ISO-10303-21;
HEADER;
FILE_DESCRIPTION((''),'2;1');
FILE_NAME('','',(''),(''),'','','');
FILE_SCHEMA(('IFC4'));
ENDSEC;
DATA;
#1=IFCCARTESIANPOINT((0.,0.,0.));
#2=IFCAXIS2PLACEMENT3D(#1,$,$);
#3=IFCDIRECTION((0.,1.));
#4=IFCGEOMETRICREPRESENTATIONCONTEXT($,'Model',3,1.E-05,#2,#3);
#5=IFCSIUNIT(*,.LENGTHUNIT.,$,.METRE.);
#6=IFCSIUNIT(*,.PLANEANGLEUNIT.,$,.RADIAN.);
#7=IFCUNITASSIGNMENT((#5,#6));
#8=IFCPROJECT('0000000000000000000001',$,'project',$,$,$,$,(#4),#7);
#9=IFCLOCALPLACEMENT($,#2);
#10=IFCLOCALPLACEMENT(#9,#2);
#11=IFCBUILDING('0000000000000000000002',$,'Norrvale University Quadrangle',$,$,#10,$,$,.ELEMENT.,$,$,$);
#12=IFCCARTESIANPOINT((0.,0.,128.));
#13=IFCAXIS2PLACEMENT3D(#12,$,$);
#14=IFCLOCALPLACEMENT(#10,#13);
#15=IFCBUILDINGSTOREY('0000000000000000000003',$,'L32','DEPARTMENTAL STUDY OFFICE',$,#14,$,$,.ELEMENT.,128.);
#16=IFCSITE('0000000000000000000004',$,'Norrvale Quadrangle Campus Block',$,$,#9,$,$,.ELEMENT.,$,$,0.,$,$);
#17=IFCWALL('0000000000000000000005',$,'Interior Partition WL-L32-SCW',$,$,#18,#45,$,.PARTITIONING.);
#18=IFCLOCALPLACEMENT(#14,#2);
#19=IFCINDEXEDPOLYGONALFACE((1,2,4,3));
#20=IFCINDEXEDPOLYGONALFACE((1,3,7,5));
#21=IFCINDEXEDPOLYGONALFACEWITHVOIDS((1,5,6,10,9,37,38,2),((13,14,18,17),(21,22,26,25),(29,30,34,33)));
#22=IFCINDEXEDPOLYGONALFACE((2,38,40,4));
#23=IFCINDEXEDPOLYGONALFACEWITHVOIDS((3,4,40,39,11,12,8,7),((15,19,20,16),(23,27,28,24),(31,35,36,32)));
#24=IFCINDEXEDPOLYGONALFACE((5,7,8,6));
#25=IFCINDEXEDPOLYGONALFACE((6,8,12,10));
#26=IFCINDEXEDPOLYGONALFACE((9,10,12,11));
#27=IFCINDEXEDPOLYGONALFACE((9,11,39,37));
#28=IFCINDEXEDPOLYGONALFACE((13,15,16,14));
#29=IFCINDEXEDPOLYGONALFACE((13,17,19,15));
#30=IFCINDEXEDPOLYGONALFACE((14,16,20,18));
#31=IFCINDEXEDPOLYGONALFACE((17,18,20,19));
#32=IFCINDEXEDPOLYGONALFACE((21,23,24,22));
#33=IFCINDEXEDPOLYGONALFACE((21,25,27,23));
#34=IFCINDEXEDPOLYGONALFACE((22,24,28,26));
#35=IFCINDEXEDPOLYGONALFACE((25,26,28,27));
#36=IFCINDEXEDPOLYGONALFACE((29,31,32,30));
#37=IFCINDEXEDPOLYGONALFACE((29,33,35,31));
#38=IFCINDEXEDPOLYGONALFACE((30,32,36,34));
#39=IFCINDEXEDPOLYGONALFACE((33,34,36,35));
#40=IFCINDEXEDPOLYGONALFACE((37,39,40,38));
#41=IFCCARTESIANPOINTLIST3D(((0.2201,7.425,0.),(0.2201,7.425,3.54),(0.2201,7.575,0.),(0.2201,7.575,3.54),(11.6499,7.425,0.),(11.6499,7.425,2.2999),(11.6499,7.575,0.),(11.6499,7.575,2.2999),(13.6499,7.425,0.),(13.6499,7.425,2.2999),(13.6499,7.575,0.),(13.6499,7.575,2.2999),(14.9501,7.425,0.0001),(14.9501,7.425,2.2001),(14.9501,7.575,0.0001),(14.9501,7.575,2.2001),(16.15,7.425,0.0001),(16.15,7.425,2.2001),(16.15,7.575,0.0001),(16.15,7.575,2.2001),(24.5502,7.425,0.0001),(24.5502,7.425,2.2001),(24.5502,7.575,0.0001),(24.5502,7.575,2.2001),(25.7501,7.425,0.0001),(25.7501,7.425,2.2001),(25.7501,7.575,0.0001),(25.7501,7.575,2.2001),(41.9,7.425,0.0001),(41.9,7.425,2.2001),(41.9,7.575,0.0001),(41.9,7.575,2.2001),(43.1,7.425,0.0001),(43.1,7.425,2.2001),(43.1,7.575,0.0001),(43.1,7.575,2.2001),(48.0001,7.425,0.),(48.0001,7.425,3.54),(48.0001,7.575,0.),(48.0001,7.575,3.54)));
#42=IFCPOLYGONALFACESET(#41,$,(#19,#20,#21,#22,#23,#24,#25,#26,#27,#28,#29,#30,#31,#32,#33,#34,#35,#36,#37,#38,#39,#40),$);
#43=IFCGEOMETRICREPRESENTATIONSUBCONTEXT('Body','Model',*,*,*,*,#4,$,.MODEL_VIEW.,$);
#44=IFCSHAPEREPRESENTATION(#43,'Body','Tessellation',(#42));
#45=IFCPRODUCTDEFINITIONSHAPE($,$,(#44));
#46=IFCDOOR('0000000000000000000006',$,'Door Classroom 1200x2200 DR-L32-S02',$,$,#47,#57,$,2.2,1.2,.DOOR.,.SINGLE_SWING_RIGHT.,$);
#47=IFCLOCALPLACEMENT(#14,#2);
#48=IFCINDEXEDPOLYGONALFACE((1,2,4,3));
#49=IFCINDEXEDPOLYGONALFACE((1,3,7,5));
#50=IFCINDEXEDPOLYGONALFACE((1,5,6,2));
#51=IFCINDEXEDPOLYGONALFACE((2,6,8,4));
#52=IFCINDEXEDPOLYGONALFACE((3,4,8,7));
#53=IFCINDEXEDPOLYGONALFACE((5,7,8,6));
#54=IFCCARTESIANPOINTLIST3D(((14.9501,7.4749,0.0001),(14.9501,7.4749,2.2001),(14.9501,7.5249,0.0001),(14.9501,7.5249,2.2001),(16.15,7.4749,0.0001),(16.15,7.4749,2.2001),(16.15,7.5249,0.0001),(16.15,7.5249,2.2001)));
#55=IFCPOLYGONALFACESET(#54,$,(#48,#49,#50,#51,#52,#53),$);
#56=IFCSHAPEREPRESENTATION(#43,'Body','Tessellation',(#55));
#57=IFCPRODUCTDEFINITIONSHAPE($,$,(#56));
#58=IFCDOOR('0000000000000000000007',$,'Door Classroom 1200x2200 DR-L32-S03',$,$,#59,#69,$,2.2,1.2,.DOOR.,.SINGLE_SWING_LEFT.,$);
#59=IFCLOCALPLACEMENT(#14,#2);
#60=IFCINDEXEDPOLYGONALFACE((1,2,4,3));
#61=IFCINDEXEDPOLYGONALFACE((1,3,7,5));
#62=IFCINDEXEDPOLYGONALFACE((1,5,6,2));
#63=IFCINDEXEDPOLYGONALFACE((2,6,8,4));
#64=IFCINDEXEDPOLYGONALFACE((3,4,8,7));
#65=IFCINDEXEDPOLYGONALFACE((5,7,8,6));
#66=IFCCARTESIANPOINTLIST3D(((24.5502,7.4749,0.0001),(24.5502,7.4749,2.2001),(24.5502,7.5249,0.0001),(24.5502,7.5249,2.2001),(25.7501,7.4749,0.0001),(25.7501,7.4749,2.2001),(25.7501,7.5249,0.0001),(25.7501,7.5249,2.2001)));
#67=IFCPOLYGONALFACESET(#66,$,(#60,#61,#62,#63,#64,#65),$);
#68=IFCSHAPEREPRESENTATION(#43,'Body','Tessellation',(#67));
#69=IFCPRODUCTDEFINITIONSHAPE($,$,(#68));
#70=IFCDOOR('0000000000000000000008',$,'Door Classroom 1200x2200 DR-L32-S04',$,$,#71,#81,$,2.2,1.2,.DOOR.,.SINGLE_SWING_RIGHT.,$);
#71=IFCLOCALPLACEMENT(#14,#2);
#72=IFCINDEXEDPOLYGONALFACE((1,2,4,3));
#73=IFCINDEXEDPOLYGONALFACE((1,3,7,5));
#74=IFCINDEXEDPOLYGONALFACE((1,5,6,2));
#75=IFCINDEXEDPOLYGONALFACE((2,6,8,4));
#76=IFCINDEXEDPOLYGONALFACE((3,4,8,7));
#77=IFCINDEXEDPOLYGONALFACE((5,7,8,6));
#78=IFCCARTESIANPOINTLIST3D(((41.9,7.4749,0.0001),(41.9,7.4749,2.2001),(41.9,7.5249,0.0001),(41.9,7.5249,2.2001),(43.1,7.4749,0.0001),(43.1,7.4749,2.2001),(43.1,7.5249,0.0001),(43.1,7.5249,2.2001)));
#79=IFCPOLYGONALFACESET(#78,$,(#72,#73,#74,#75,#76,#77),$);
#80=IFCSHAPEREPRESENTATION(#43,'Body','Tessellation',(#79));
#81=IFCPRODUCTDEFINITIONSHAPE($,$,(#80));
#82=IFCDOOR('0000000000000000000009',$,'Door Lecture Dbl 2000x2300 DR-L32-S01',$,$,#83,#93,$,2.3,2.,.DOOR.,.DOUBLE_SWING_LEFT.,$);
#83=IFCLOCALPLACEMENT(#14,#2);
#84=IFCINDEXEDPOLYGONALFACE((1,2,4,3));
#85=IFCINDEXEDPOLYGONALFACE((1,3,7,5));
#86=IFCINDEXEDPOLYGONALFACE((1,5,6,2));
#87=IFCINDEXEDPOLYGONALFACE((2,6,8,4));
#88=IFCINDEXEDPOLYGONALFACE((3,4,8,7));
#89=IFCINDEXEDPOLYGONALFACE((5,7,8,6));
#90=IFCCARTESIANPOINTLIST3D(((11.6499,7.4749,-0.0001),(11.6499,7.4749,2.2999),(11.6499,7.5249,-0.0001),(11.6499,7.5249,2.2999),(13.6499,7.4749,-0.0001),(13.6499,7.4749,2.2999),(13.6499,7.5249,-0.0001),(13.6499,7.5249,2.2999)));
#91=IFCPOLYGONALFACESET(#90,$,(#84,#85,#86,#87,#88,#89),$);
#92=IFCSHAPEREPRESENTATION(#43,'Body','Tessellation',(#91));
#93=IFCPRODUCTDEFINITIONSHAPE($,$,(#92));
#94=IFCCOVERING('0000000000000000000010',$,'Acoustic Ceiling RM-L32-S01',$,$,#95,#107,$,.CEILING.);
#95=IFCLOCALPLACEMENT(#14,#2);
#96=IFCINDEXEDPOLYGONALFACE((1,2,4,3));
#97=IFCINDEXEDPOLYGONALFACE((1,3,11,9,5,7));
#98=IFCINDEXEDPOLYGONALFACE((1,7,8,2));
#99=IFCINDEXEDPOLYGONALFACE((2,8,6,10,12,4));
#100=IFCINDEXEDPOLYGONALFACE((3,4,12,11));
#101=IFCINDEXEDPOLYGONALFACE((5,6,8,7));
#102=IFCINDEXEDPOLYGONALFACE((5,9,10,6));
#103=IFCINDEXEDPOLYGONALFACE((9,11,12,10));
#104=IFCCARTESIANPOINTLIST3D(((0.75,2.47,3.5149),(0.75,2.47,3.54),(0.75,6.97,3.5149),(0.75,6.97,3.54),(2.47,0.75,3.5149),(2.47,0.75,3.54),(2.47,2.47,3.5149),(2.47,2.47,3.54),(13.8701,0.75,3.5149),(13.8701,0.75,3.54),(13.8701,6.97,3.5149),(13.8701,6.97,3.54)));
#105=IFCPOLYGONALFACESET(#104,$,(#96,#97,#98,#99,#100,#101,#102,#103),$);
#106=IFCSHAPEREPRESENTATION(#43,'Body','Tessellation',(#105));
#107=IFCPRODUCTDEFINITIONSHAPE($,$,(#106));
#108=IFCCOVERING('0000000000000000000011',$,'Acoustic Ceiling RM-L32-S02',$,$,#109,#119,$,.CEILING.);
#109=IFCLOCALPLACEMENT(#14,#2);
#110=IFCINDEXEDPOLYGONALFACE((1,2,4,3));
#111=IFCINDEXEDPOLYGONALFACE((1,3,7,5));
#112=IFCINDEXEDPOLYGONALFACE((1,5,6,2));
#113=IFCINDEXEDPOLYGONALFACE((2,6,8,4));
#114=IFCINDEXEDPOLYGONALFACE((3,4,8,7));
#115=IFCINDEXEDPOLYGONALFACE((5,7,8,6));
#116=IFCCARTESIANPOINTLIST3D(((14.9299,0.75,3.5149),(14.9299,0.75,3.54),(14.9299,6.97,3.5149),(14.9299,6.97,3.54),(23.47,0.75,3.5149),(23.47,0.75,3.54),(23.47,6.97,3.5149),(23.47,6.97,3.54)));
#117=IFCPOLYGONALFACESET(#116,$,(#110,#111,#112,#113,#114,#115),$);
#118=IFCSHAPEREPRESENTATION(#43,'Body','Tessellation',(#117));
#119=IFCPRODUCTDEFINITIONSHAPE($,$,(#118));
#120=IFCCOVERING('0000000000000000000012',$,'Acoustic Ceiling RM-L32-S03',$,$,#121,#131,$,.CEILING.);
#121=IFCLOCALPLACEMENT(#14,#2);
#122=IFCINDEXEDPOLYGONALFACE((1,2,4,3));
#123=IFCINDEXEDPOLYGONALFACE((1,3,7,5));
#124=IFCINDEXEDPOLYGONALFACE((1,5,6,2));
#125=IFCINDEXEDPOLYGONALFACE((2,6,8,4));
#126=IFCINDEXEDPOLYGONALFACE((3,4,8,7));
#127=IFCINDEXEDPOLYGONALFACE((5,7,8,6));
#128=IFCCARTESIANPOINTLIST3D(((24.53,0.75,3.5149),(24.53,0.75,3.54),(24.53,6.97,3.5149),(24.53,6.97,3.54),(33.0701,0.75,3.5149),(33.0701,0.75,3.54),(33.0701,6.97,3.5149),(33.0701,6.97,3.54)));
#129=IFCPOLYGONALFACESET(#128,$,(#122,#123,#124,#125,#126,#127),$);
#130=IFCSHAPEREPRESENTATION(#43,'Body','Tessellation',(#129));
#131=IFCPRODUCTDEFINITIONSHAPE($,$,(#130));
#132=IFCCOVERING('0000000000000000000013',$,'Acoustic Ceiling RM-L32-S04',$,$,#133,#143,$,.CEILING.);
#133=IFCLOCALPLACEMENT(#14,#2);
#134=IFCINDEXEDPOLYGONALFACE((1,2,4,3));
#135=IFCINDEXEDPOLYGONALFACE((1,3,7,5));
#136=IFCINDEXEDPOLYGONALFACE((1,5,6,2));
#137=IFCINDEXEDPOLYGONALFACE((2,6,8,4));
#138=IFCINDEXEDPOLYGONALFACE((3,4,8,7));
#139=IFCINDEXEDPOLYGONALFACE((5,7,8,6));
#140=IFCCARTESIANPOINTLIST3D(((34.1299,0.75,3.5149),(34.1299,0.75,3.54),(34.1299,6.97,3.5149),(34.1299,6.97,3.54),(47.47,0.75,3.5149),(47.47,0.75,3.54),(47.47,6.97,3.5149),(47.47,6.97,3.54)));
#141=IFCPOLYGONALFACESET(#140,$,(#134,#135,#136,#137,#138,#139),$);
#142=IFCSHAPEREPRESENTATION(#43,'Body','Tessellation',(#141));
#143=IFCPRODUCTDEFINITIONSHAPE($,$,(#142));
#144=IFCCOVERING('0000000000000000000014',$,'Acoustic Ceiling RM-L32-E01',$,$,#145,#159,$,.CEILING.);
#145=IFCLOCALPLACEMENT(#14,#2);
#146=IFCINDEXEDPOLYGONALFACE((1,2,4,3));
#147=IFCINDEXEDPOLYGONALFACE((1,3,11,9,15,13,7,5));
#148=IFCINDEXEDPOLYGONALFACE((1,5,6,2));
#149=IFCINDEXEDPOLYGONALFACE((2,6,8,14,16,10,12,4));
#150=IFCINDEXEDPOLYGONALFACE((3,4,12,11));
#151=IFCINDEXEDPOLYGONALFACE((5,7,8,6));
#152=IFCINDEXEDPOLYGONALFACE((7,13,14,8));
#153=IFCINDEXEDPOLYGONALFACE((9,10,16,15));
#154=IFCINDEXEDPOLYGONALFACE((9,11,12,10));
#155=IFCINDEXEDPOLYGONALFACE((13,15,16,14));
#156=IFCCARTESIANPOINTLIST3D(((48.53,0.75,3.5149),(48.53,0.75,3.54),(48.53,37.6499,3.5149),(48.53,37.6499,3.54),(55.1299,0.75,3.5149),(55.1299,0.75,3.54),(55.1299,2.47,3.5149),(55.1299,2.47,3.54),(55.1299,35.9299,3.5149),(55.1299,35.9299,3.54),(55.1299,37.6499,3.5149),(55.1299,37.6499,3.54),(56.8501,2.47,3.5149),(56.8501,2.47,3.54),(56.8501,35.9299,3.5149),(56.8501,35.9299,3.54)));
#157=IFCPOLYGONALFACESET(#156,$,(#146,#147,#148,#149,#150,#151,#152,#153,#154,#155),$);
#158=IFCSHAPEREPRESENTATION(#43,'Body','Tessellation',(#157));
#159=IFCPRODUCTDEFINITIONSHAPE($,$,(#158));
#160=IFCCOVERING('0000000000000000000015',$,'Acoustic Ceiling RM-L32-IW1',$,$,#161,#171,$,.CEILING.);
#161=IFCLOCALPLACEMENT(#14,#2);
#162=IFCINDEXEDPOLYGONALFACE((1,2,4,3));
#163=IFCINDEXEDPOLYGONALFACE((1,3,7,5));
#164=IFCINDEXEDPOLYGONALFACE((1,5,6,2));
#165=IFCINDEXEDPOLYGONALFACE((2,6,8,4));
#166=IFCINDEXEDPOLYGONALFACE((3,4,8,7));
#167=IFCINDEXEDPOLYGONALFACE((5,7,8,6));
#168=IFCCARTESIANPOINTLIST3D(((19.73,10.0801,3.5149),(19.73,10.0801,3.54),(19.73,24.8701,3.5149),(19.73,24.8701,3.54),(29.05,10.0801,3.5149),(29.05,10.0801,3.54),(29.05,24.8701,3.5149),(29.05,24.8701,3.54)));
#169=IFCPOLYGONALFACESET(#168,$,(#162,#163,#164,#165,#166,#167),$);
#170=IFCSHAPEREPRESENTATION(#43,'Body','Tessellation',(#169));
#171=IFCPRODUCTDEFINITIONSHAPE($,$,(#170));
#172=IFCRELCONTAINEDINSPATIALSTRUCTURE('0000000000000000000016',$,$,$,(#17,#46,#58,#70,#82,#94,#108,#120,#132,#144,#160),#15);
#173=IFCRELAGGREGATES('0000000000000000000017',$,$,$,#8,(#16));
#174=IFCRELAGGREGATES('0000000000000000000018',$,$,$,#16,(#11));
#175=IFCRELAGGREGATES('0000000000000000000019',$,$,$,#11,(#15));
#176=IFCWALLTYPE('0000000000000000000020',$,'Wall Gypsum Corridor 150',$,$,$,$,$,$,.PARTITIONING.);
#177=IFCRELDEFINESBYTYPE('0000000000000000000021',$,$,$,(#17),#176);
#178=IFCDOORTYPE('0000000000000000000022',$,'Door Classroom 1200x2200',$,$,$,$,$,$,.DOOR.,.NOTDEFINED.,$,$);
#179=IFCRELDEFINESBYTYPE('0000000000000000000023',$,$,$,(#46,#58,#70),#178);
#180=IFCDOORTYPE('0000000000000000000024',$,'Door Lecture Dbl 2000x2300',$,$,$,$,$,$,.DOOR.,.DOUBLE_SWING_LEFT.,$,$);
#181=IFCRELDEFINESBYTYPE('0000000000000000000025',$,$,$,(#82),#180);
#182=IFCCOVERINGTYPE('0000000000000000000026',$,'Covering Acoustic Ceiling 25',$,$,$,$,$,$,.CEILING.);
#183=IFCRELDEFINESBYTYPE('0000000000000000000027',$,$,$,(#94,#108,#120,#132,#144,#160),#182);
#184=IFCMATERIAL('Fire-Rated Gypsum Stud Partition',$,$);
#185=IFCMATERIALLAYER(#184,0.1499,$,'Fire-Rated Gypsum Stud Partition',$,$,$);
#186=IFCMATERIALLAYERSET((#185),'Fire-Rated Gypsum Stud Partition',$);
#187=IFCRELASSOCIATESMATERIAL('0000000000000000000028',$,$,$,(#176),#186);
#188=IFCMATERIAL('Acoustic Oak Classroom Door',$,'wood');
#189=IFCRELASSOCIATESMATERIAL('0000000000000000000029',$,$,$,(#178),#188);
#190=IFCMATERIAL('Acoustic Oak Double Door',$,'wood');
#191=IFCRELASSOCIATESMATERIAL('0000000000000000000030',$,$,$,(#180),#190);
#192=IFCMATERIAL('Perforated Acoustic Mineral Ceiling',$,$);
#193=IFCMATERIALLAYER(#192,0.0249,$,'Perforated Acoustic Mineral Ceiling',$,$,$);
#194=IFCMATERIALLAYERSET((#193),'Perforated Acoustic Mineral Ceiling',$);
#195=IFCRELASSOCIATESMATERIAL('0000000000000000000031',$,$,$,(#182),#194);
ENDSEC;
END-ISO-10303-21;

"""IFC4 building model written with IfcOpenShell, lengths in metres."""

from ifc_helpers import new_model, si_unit, direction, frame, frame_2d, origin, place, context, subcontext, project, spatial, polyline, rectangle, outline, extrude, material, layer, layer_set, type_object, element, fill, save


model = new_model("IFC4")

# Units and contexts
model_context = context("Model", 3, precision=1e-05, world=origin(), true_north=direction((0.0, 1.0)))
body_context = subcontext(model_context, "Body", "Model", "MODEL_VIEW")
ifc_project = project(units=[si_unit("LENGTHUNIT", "METRE"), si_unit("PLANEANGLEUNIT", "RADIAN")], contexts=[model_context])

# Site, building, storey
site_placement = place(None, origin())
site = spatial("IfcSite", under=ifc_project, at=site_placement, Name="Norrvale Quadrangle Campus Block", CompositionType="ELEMENT", RefElevation=0.0)
building_placement = place(site_placement, origin())
building = spatial("IfcBuilding", under=site, at=building_placement, Name="Norrvale University Quadrangle", CompositionType="ELEMENT")
storey_placement = place(building_placement, frame((0.0, 0.0, 128.0)))
storey = spatial("IfcBuildingStorey", under=building, at=storey_placement, Name="L32", Description="DEPARTMENTAL STUDY OFFICE", CompositionType="ELEMENT", Elevation=128.0)

# Wall, openings, doors
ifc_material_1 = material(Name="Fire-Rated Gypsum Stud Partition")
ifc_layer_1 = layer(ifc_material_1, 0.1499, Name="Fire-Rated Gypsum Stud Partition")
ifc_layer_set_1 = layer_set([ifc_layer_1], Name="Fire-Rated Gypsum Stud Partition")
wall_type_1 = type_object("IfcWallType", Name="Wall Gypsum Corridor 150", PredefinedType="PARTITIONING", material=ifc_layer_set_1)
wall_1_placement = place(storey_placement, frame((0.22, 7.5, 0.0), z_axis=(0.0, 0.0, 1.0), x_axis=(1.0, 0.0, 0.0)))
wall_1 = element("IfcWall", 1, at=wall_1_placement, inside=storey, type_object=wall_type_1, Name="Interior Partition WL-L32-SCW", PredefinedType="PARTITIONING", context=body_context, shape_type="SweptSolid", body=[
    extrude(rectangle(XDim=47.78, YDim=0.1499, at=frame_2d((23.8901, 0.0))), origin(), (0.0, 0.0, 1.0), 3.54),
])
opening_1_placement = place(wall_1_placement, frame((11.4299, 0.0, 0.0)))
opening_1 = element("IfcOpeningElement", 2, at=opening_1_placement, cuts=wall_1, PredefinedType="OPENING", context=body_context, shape_type="SweptSolid", body=[
    extrude(rectangle(XDim=2.0, YDim=2.3, at=frame_2d((1.0, 1.1499))), frame((0.0, 0.0869, 0.0), z_axis=(0.0, -1.0, 0.0), x_axis=(1.0, 0.0, 0.0)), (0.0, 0.0, 1.0), 0.1738),
])
opening_2_placement = place(wall_1_placement, frame((14.73, 0.0, 0.0)))
opening_2 = element("IfcOpeningElement", 3, at=opening_2_placement, cuts=wall_1, PredefinedType="OPENING", context=body_context, shape_type="SweptSolid", body=[
    extrude(rectangle(XDim=1.2, YDim=2.2, at=frame_2d((0.6001, 1.1001))), frame((0.0, 0.0869, 0.0), z_axis=(0.0, -1.0, 0.0), x_axis=(1.0, 0.0, 0.0)), (0.0, 0.0, 1.0), 0.1738),
])
opening_3_placement = place(wall_1_placement, frame((24.3301, 0.0, 0.0)))
opening_3 = element("IfcOpeningElement", 4, at=opening_3_placement, cuts=wall_1, PredefinedType="OPENING", context=body_context, shape_type="SweptSolid", body=[
    extrude(rectangle(XDim=1.2, YDim=2.2, at=frame_2d((0.6001, 1.1001))), frame((0.0, 0.0869, 0.0), z_axis=(0.0, -1.0, 0.0), x_axis=(1.0, 0.0, 0.0)), (0.0, 0.0, 1.0), 0.1738),
])
opening_4_placement = place(wall_1_placement, frame((41.6799, 0.0, 0.0)))
opening_4 = element("IfcOpeningElement", 5, at=opening_4_placement, cuts=wall_1, PredefinedType="OPENING", context=body_context, shape_type="SweptSolid", body=[
    extrude(rectangle(XDim=1.2, YDim=2.2, at=frame_2d((0.6001, 1.1001))), frame((0.0, 0.0869, 0.0), z_axis=(0.0, -1.0, 0.0), x_axis=(1.0, 0.0, 0.0)), (0.0, 0.0, 1.0), 0.1738),
])
ifc_material_2 = material(Name="Acoustic Oak Classroom Door", Category="wood")
door_type_1 = type_object("IfcDoorType", Name="Door Classroom 1200x2200", OperationType="NOTDEFINED", PredefinedType="DOOR", material=ifc_material_2)
door_1_placement = place(opening_2_placement, origin())
door_1 = element("IfcDoor", 6, at=door_1_placement, inside=storey, type_object=door_type_1, Name="Door Classroom 1200x2200 DR-L32-S02", OperationType="SINGLE_SWING_RIGHT", OverallHeight=2.2, OverallWidth=1.2, PredefinedType="DOOR", context=body_context, shape_type="SweptSolid", body=[
    extrude(rectangle(XDim=1.2, YDim=2.2, at=frame_2d((0.6001, 1.1001))), frame((0.0, 0.0249, 0.0), z_axis=(0.0, -1.0, 0.0), x_axis=(1.0, 0.0, 0.0)), (0.0, 0.0, 1.0), 0.05),
])
fill(opening_2, door_1)
door_2_placement = place(opening_3_placement, origin())
door_2 = element("IfcDoor", 7, at=door_2_placement, inside=storey, type_object=door_type_1, Name="Door Classroom 1200x2200 DR-L32-S03", OperationType="SINGLE_SWING_LEFT", OverallHeight=2.2, OverallWidth=1.2, PredefinedType="DOOR", context=body_context, shape_type="SweptSolid", body=[
    extrude(rectangle(XDim=1.2, YDim=2.2, at=frame_2d((0.6001, 1.1001))), frame((0.0, 0.0249, 0.0), z_axis=(0.0, -1.0, 0.0), x_axis=(1.0, 0.0, 0.0)), (0.0, 0.0, 1.0), 0.05),
])
fill(opening_3, door_2)
door_3_placement = place(opening_4_placement, origin())
door_3 = element("IfcDoor", 8, at=door_3_placement, inside=storey, type_object=door_type_1, Name="Door Classroom 1200x2200 DR-L32-S04", OperationType="SINGLE_SWING_RIGHT", OverallHeight=2.2, OverallWidth=1.2, PredefinedType="DOOR", context=body_context, shape_type="SweptSolid", body=[
    extrude(rectangle(XDim=1.2, YDim=2.2, at=frame_2d((0.6001, 1.1001))), frame((0.0, 0.0249, 0.0), z_axis=(0.0, -1.0, 0.0), x_axis=(1.0, 0.0, 0.0)), (0.0, 0.0, 1.0), 0.05),
])
fill(opening_4, door_3)
ifc_material_3 = material(Name="Acoustic Oak Double Door", Category="wood")
door_type_2 = type_object("IfcDoorType", Name="Door Lecture Dbl 2000x2300", OperationType="DOUBLE_SWING_LEFT", PredefinedType="DOOR", material=ifc_material_3)
door_4_placement = place(opening_1_placement, origin())
door_4 = element("IfcDoor", 9, at=door_4_placement, inside=storey, type_object=door_type_2, Name="Door Lecture Dbl 2000x2300 DR-L32-S01", OperationType="DOUBLE_SWING_LEFT", OverallHeight=2.3, OverallWidth=2.0, PredefinedType="DOOR", context=body_context, shape_type="SweptSolid", body=[
    extrude(rectangle(XDim=2.0, YDim=2.3, at=frame_2d((1.0, 1.1499))), frame((0.0, 0.0249, 0.0), z_axis=(0.0, -1.0, 0.0), x_axis=(1.0, 0.0, 0.0)), (0.0, 0.0, 1.0), 0.05),
])
fill(opening_1, door_4)

# Coverings
ifc_material_4 = material(Name="Perforated Acoustic Mineral Ceiling")
ifc_layer_2 = layer(ifc_material_4, 0.0249, Name="Perforated Acoustic Mineral Ceiling")
ifc_layer_set_2 = layer_set([ifc_layer_2], Name="Perforated Acoustic Mineral Ceiling")
covering_type_1 = type_object("IfcCoveringType", Name="Covering Acoustic Ceiling 25", PredefinedType="CEILING", material=ifc_layer_set_2)
covering_1_placement = place(storey_placement, frame((0.0, 0.0, 3.5149)))
element("IfcCovering", 10, at=covering_1_placement, inside=storey, type_object=covering_type_1, Name="Acoustic Ceiling RM-L32-S01", PredefinedType="CEILING", context=body_context, shape_type="SweptSolid", body=[
    extrude(outline(polyline([(0.75, 6.97), (13.8701, 6.97), (13.8701, 0.75), (2.47, 0.75), (2.47, 2.47), (0.75, 2.47), (0.75, 6.97)])), origin(), (0.0, 0.0, 1.0), 0.0251),
])
covering_2_placement = place(storey_placement, frame((0.0, 0.0, 3.5149)))
element("IfcCovering", 11, at=covering_2_placement, inside=storey, type_object=covering_type_1, Name="Acoustic Ceiling RM-L32-S02", PredefinedType="CEILING", context=body_context, shape_type="SweptSolid", body=[
    extrude(outline(polyline([(14.9299, 6.97), (23.47, 6.97), (23.47, 0.75), (14.9299, 0.75), (14.9299, 6.97)])), origin(), (0.0, 0.0, 1.0), 0.0251),
])
covering_3_placement = place(storey_placement, frame((0.0, 0.0, 3.5149)))
element("IfcCovering", 12, at=covering_3_placement, inside=storey, type_object=covering_type_1, Name="Acoustic Ceiling RM-L32-S03", PredefinedType="CEILING", context=body_context, shape_type="SweptSolid", body=[
    extrude(outline(polyline([(24.53, 6.97), (33.0701, 6.97), (33.0701, 0.75), (24.53, 0.75), (24.53, 6.97)])), origin(), (0.0, 0.0, 1.0), 0.0251),
])
covering_4_placement = place(storey_placement, frame((0.0, 0.0, 3.5149)))
element("IfcCovering", 13, at=covering_4_placement, inside=storey, type_object=covering_type_1, Name="Acoustic Ceiling RM-L32-S04", PredefinedType="CEILING", context=body_context, shape_type="SweptSolid", body=[
    extrude(outline(polyline([(34.1299, 6.97), (47.47, 6.97), (47.47, 0.75), (34.1299, 0.75), (34.1299, 6.97)])), origin(), (0.0, 0.0, 1.0), 0.0251),
])
covering_5_placement = place(storey_placement, frame((0.0, 0.0, 3.5149)))
element("IfcCovering", 14, at=covering_5_placement, inside=storey, type_object=covering_type_1, Name="Acoustic Ceiling RM-L32-E01", PredefinedType="CEILING", context=body_context, shape_type="SweptSolid", body=[
    extrude(outline(polyline([(48.53, 0.75), (48.53, 37.6499), (55.1299, 37.6499), (55.1299, 35.9299), (56.8501, 35.9299), (56.8501, 2.47), (55.1299, 2.47), (55.1299, 0.75), (48.53, 0.75)])), origin(), (0.0, 0.0, 1.0), 0.0251),
])
covering_6_placement = place(storey_placement, frame((0.0, 0.0, 3.5149)))
element("IfcCovering", 15, at=covering_6_placement, inside=storey, type_object=covering_type_1, Name="Acoustic Ceiling RM-L32-IW1", PredefinedType="CEILING", context=body_context, shape_type="SweptSolid", body=[
    extrude(outline(polyline([(19.73, 10.0801), (19.73, 24.8701), (29.05, 24.8701), (29.05, 10.0801), (19.73, 10.0801)])), origin(), (0.0, 0.0, 1.0), 0.0251),
])

save(model, "model.ifc")
